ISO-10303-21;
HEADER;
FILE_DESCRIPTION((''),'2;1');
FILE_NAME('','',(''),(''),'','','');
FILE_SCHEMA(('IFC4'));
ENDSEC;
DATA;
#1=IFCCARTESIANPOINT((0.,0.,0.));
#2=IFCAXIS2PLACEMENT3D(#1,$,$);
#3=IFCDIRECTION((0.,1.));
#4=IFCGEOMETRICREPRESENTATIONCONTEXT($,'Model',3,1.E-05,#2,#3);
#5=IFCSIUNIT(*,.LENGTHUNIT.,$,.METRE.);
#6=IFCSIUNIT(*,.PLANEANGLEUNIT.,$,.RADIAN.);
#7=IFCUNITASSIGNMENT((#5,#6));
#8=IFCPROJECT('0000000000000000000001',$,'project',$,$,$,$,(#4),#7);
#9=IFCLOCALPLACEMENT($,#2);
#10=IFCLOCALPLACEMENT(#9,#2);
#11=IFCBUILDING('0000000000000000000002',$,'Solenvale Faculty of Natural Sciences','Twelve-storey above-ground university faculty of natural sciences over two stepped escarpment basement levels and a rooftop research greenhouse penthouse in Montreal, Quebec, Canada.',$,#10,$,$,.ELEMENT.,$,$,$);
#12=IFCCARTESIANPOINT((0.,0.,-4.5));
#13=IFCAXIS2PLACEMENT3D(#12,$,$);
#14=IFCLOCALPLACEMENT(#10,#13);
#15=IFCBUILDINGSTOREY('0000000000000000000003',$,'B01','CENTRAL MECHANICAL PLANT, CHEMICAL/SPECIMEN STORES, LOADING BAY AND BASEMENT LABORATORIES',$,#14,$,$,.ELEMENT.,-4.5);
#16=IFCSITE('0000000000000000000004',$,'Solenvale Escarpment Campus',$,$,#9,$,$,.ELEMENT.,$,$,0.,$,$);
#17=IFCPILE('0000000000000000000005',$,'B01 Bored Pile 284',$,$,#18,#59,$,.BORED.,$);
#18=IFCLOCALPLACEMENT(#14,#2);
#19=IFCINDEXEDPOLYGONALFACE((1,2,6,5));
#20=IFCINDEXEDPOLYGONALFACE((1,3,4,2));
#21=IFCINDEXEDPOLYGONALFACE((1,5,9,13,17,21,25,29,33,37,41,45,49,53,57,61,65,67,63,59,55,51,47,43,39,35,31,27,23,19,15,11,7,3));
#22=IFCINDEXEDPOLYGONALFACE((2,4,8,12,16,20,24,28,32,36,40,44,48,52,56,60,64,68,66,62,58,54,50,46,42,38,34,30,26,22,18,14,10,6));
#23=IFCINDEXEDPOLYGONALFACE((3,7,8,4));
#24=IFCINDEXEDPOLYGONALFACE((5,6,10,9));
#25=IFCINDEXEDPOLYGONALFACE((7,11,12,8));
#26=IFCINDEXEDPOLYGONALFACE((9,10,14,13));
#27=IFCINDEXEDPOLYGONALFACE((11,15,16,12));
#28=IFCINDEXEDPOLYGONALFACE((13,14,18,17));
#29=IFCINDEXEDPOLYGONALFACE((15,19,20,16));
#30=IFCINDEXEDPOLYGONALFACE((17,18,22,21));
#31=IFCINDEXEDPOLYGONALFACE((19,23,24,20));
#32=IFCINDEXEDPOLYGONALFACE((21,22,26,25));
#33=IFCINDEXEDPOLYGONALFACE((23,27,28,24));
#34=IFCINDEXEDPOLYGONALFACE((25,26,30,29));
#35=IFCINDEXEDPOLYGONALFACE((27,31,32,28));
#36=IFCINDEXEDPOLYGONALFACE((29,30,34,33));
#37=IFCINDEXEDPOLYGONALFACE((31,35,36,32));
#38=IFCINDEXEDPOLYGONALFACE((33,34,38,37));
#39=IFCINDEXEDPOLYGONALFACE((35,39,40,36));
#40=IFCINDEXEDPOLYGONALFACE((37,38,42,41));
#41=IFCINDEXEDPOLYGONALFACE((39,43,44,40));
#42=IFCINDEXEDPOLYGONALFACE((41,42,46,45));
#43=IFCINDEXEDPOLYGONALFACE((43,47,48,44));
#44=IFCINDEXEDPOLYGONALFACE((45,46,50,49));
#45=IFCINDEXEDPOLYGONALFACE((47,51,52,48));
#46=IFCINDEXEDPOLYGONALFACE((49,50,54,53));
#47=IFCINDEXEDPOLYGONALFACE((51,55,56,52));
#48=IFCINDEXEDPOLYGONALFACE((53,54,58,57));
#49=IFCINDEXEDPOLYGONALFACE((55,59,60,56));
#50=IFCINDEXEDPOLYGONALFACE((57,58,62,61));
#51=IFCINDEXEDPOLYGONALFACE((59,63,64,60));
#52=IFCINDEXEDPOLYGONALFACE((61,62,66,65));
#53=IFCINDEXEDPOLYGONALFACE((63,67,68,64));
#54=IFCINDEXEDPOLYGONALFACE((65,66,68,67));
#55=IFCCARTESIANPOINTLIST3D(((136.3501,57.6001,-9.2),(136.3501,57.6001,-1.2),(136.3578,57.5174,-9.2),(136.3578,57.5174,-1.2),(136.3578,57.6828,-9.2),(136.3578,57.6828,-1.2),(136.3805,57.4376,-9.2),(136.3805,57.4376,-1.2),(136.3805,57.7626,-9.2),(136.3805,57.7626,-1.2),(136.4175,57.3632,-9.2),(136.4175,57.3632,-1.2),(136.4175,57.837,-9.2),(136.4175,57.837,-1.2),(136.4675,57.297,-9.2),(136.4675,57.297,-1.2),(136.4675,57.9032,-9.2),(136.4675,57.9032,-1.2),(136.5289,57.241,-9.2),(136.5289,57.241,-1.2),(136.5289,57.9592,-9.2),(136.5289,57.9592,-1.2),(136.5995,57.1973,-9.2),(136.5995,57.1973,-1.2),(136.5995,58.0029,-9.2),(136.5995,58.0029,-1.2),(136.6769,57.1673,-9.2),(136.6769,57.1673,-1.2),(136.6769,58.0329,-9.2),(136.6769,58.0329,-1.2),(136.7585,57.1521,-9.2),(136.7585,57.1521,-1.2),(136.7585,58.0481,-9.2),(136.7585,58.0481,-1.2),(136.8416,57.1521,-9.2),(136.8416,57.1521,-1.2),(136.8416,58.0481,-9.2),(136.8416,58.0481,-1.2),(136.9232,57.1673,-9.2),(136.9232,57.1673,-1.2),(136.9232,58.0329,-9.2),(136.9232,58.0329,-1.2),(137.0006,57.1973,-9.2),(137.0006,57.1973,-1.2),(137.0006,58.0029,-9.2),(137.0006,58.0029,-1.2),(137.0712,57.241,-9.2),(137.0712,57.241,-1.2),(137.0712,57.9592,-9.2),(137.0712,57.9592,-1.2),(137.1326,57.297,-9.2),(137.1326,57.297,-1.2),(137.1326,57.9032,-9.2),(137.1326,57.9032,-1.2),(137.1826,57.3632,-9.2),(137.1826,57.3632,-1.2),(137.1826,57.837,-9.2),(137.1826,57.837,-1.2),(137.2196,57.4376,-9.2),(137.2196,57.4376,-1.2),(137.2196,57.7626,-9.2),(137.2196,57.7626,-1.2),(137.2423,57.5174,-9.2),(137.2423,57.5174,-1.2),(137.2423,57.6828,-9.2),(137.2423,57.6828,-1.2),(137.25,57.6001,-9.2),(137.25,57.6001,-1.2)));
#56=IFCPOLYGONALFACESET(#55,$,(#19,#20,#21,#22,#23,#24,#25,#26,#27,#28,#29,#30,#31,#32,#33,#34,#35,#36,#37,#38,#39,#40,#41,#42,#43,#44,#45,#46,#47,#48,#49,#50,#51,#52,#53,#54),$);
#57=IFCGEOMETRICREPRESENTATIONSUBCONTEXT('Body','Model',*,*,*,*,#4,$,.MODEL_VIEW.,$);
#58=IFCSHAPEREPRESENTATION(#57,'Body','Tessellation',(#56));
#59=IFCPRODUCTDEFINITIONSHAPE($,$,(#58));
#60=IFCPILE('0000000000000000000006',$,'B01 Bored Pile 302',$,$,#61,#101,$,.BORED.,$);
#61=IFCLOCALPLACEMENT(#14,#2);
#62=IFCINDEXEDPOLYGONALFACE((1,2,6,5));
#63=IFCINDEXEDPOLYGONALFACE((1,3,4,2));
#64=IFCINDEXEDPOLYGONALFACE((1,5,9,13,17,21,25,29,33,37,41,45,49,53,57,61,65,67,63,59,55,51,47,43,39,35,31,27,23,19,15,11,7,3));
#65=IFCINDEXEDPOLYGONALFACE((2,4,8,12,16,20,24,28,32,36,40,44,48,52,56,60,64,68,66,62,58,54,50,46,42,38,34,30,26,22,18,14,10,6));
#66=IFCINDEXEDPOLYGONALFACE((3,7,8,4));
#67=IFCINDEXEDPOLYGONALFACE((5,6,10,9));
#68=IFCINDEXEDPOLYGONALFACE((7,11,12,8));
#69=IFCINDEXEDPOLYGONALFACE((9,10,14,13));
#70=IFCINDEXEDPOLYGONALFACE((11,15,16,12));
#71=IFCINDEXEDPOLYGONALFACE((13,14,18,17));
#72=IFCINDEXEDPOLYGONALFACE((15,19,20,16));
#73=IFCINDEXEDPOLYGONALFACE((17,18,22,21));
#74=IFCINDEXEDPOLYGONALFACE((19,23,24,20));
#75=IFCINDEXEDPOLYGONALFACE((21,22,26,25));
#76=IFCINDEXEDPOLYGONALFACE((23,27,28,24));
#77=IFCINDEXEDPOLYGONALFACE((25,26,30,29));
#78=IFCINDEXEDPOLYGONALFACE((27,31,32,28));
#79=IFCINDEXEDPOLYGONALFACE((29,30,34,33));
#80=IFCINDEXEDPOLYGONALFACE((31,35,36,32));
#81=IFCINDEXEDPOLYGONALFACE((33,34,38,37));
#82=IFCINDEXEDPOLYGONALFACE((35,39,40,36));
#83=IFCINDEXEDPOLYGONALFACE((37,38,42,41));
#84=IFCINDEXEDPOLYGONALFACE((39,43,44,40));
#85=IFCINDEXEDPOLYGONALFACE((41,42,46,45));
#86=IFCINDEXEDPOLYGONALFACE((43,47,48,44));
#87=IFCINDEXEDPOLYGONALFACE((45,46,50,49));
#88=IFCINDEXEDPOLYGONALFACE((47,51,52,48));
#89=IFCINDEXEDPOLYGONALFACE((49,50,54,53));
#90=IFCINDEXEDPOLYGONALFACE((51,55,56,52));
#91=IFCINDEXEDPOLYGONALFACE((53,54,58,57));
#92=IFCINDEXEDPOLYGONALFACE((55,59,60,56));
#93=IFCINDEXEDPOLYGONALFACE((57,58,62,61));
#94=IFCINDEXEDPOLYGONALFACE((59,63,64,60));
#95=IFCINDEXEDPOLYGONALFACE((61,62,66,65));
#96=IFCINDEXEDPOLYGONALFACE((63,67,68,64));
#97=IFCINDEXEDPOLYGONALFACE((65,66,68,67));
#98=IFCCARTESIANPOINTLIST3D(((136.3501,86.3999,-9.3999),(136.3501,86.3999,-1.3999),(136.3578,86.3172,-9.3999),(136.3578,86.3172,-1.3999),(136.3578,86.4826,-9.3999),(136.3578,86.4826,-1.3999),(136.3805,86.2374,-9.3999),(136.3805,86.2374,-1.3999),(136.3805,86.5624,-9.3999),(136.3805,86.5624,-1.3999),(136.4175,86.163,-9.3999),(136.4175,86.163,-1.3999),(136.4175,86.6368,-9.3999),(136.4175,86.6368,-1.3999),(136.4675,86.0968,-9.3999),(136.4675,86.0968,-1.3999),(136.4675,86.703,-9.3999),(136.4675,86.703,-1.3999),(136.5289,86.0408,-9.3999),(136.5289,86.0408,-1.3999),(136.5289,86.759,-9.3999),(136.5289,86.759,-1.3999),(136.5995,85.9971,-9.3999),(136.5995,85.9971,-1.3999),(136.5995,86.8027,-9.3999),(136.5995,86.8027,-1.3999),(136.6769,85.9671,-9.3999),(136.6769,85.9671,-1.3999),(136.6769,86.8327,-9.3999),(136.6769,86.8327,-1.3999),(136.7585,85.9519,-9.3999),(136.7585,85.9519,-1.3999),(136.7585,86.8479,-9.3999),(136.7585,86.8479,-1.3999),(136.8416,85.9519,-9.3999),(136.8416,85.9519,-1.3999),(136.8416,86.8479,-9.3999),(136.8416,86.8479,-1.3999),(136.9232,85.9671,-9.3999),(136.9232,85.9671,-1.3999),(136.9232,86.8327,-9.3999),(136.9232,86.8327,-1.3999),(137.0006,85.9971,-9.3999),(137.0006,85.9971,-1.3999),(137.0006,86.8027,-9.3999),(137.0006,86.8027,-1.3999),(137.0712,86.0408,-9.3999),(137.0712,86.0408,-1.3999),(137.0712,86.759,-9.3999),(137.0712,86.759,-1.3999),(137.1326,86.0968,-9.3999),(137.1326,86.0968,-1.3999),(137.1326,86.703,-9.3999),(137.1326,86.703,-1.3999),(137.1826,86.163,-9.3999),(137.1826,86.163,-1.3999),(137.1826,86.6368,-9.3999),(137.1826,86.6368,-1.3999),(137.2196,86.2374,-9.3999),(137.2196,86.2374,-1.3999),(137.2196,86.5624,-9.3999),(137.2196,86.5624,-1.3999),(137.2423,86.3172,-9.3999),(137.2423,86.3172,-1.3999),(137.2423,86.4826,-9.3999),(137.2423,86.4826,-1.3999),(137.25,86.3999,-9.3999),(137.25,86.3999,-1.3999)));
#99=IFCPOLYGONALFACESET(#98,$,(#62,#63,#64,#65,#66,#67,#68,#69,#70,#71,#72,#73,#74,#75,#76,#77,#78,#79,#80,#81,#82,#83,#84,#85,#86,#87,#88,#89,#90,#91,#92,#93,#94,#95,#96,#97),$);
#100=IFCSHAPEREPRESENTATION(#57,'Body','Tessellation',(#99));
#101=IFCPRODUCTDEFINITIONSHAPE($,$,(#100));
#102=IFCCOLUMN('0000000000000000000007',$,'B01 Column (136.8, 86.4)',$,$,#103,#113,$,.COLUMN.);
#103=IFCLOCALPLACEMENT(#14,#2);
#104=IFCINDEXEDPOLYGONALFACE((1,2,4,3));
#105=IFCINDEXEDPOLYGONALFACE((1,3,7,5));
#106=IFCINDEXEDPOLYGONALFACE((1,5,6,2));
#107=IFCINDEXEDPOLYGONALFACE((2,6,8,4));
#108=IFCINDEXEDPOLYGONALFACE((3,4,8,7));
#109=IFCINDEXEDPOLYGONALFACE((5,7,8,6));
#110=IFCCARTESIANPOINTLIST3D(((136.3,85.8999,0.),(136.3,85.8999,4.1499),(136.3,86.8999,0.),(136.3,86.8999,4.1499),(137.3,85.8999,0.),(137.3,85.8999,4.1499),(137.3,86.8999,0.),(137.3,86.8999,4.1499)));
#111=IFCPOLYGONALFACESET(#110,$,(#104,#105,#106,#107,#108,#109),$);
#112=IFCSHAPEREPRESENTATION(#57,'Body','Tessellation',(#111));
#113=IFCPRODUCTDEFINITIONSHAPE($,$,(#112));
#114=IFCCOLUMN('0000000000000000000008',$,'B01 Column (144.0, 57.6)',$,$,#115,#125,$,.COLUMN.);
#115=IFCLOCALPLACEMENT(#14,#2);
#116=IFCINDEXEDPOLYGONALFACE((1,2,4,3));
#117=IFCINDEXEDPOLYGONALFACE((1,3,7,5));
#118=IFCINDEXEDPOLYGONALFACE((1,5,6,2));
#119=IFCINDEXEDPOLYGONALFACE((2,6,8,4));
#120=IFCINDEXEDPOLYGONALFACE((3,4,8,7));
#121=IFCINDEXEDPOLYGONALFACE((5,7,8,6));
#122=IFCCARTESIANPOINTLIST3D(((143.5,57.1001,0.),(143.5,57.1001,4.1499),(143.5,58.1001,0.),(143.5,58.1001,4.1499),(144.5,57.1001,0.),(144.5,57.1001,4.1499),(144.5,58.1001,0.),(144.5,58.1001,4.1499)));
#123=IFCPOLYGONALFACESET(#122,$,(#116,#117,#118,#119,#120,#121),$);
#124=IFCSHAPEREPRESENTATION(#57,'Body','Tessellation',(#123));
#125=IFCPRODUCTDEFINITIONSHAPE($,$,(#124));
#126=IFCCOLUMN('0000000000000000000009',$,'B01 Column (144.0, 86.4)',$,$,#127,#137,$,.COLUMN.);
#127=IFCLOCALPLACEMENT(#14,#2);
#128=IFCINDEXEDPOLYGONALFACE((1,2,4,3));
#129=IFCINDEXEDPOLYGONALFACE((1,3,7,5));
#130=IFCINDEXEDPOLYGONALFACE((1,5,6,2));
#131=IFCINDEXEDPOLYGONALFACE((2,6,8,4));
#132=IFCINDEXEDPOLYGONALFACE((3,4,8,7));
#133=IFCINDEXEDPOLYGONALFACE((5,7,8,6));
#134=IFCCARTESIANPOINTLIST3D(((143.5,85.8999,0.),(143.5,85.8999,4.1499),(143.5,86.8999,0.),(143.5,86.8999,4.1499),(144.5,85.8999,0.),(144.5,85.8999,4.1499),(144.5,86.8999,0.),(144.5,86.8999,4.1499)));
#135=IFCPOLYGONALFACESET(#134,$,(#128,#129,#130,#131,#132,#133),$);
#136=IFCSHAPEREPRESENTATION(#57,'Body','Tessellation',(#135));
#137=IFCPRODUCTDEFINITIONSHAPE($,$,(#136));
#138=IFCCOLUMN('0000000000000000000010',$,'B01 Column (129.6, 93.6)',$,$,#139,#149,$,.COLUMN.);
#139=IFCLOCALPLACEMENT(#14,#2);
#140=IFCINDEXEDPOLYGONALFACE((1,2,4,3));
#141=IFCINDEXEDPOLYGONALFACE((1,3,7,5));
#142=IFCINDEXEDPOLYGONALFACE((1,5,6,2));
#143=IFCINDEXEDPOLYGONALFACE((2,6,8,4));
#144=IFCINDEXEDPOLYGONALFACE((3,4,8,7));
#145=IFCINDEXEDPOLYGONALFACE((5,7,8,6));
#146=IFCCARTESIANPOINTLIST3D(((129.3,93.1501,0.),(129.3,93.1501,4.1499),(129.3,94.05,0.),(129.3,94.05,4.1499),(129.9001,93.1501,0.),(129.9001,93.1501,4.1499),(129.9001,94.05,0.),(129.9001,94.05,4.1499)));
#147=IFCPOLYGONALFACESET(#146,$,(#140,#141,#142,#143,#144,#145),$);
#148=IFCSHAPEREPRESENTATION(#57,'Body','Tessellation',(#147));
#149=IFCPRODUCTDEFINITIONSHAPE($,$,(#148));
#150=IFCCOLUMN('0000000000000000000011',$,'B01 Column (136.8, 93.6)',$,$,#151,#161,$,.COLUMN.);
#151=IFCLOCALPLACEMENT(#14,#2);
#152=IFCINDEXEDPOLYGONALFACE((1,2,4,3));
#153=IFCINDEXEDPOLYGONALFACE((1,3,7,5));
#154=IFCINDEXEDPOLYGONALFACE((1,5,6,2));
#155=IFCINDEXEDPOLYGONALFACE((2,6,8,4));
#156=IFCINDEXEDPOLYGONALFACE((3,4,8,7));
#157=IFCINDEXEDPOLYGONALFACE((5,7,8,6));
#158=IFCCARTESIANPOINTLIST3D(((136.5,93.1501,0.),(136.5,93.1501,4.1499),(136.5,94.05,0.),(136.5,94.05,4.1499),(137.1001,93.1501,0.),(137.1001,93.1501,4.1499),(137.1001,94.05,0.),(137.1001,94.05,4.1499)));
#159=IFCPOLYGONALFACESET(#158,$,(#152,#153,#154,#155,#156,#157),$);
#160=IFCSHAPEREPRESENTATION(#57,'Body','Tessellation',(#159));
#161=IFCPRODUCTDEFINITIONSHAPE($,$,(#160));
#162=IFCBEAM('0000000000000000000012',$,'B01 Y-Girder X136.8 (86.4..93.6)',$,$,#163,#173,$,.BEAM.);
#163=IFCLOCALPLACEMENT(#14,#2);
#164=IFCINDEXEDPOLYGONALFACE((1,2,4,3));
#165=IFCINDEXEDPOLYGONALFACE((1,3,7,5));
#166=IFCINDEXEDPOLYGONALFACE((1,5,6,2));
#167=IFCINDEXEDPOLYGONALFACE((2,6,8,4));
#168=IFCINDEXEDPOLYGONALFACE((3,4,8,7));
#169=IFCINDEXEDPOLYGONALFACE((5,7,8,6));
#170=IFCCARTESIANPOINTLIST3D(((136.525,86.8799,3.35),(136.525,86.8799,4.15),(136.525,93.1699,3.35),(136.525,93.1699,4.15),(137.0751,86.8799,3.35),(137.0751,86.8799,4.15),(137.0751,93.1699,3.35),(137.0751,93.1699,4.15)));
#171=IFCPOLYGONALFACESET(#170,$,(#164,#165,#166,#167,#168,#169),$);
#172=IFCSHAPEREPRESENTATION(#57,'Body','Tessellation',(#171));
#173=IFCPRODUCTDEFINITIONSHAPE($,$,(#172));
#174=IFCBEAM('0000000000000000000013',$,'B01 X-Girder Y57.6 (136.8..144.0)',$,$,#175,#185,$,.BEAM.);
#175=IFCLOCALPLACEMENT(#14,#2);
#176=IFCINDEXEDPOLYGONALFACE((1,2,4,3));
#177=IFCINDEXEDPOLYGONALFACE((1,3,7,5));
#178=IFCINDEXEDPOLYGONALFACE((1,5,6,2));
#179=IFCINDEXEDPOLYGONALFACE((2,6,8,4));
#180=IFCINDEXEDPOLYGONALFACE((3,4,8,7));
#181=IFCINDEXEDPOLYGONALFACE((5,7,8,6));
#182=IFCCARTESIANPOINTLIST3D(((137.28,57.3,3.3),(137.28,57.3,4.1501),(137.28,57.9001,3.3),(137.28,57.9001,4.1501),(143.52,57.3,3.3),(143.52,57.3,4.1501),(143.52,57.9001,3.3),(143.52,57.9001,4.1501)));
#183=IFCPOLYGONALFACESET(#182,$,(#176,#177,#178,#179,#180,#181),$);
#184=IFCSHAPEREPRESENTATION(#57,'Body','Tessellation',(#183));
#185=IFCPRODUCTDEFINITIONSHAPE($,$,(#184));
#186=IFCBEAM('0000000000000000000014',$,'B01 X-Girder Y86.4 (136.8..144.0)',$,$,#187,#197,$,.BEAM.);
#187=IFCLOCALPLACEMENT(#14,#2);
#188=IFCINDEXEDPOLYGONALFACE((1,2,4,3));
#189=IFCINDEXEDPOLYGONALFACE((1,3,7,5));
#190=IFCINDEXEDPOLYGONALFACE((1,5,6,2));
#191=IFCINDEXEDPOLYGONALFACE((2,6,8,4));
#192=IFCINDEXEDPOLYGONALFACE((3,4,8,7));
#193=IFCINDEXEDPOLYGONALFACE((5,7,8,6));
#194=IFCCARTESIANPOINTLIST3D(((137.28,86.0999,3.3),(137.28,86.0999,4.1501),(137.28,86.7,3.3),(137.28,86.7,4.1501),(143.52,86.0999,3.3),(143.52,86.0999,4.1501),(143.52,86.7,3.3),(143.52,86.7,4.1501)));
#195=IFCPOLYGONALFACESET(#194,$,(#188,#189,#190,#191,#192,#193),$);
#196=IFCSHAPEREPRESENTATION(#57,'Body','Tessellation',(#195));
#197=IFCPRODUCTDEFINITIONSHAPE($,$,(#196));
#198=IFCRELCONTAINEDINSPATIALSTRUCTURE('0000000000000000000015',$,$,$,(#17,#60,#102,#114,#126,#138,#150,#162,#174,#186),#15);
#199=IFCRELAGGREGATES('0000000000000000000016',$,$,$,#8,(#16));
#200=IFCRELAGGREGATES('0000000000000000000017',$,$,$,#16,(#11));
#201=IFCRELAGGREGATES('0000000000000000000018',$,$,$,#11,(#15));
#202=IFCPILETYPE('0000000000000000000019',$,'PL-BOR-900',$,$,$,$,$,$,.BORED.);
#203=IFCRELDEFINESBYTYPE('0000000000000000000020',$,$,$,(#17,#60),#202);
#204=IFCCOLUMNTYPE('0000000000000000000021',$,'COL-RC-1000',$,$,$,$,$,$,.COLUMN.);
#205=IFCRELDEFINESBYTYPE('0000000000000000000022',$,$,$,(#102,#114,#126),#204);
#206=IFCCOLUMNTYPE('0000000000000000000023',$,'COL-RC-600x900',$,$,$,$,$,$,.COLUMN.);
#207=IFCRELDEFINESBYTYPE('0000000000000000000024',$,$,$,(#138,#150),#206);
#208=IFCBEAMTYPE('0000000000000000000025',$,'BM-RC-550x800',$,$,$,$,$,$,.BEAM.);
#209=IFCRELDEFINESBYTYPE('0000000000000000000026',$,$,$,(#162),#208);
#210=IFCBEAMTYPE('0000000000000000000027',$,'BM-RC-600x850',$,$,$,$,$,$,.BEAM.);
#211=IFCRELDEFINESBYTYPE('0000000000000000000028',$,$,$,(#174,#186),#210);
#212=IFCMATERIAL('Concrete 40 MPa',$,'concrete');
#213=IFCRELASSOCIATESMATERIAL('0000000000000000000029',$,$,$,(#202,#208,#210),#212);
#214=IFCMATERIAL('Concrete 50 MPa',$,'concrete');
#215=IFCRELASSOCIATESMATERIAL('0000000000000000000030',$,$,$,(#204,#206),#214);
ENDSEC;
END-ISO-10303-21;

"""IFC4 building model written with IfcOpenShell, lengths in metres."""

from ifc_helpers import new_model, si_unit, direction, frame, origin, origin_2d, place, context, subcontext, project, spatial, rectangle, circle, extrude, material, material_profile, profile_set, type_object, element, save


model = new_model("IFC4")

# Units and contexts
model_context = context("Model", 3, precision=1e-05, world=origin(), true_north=direction((0.0, 1.0)))
body_context = subcontext(model_context, "Body", "Model", "MODEL_VIEW")
ifc_project = project(units=[si_unit("LENGTHUNIT", "METRE"), si_unit("PLANEANGLEUNIT", "RADIAN")], contexts=[model_context])

# Site, building, storey
site_placement = place(None, origin())
site = spatial("IfcSite", under=ifc_project, at=site_placement, Name="Solenvale Escarpment Campus", CompositionType="ELEMENT", RefElevation=0.0)
building_placement = place(site_placement, origin())
building = spatial("IfcBuilding", under=site, at=building_placement, Name="Solenvale Faculty of Natural Sciences", Description="Twelve-storey above-ground university faculty of natural sciences over two stepped escarpment basement levels and a rooftop research greenhouse penthouse in Montreal, Quebec, Canada.", CompositionType="ELEMENT")
storey_placement = place(building_placement, frame((0.0, 0.0, -4.5)))
storey = spatial("IfcBuildingStorey", under=building, at=storey_placement, Name="B01", Description="CENTRAL MECHANICAL PLANT, CHEMICAL/SPECIMEN STORES, LOADING BAY AND BASEMENT LABORATORIES", CompositionType="ELEMENT", Elevation=-4.5)

# Shared definitions
ifc_material_1 = material(Name="Concrete 40 MPa", Category="concrete")

# Piles
ifc_material_profile_1 = material_profile(ifc_material_1, circle(Radius=0.45, at=origin_2d()), Name="PILE-D900")
ifc_profile_set_1 = profile_set([ifc_material_profile_1], Name="Concrete 40 MPa")
pile_type_1 = type_object("IfcPileType", Name="PL-BOR-900", PredefinedType="BORED", material=ifc_profile_set_1)
for number, where, z_axis, x_axis, name in (
    (1, (136.8, 57.6001, -1.2), (0.0, 0.0, -1.0), (1.0, 0.0, 0.0), "B01 Bored Pile 284"),
    (2, (136.8, 86.3999, -1.3999), (0.0, 0.0, -1.0), (1.0, 0.0, 0.0), "B01 Bored Pile 302"),
):
    element("IfcPile", number, at=place(storey_placement, frame(where, z_axis=z_axis, x_axis=x_axis)), inside=storey, type_object=pile_type_1, Name=name, PredefinedType="BORED", context=body_context, shape_type="SweptSolid", body=[
        extrude(circle(Radius=0.45, at=origin_2d()), origin(), (0.0, 0.0, 1.0), 8.0),
    ])

# Columns
ifc_material_2 = material(Name="Concrete 50 MPa", Category="concrete")
ifc_material_profile_2 = material_profile(ifc_material_2, rectangle(XDim=1.0, YDim=1.0, at=origin_2d()), Name="RC-COL-1000x1000")
ifc_profile_set_2 = profile_set([ifc_material_profile_2], Name="Concrete 50 MPa")
column_type_1 = type_object("IfcColumnType", Name="COL-RC-1000", PredefinedType="COLUMN", material=ifc_profile_set_2)
for number, where, z_axis, x_axis, name in (
    (3, (136.8, 86.3999, 0.0), (0.0, 0.0, 1.0), (1.0, 0.0, 0.0), "B01 Column (136.8, 86.4)"),
    (4, (144.0, 57.6001, 0.0), (0.0, 0.0, 1.0), (1.0, 0.0, 0.0), "B01 Column (144.0, 57.6)"),
    (5, (144.0, 86.3999, 0.0), (0.0, 0.0, 1.0), (1.0, 0.0, 0.0), "B01 Column (144.0, 86.4)"),
):
    element("IfcColumn", number, at=place(storey_placement, frame(where, z_axis=z_axis, x_axis=x_axis)), inside=storey, type_object=column_type_1, Name=name, PredefinedType="COLUMN", context=body_context, shape_type="SweptSolid", body=[
        extrude(rectangle(XDim=1.0, YDim=1.0, at=origin_2d()), origin(), (0.0, 0.0, 1.0), 4.1499),
    ])
ifc_material_profile_3 = material_profile(ifc_material_2, rectangle(XDim=0.6001, YDim=0.8999, at=origin_2d()), Name="RC-COL-600x900")
ifc_profile_set_3 = profile_set([ifc_material_profile_3], Name="Concrete 50 MPa")
column_type_2 = type_object("IfcColumnType", Name="COL-RC-600x900", PredefinedType="COLUMN", material=ifc_profile_set_3)
for number, where, z_axis, x_axis, name in (
    (6, (129.6001, 93.6001, 0.0), (0.0, 0.0, 1.0), (1.0, 0.0, 0.0), "B01 Column (129.6, 93.6)"),
    (7, (136.8, 93.6001, 0.0), (0.0, 0.0, 1.0), (1.0, 0.0, 0.0), "B01 Column (136.8, 93.6)"),
):
    element("IfcColumn", number, at=place(storey_placement, frame(where, z_axis=z_axis, x_axis=x_axis)), inside=storey, type_object=column_type_2, Name=name, PredefinedType="COLUMN", context=body_context, shape_type="SweptSolid", body=[
        extrude(rectangle(XDim=0.6001, YDim=0.8999, at=origin_2d()), origin(), (0.0, 0.0, 1.0), 4.1499),
    ])

# Beams
ifc_material_profile_4 = material_profile(ifc_material_1, rectangle(XDim=0.55, YDim=0.8, at=origin_2d()), Name="RC-BM-550x800")
ifc_profile_set_4 = profile_set([ifc_material_profile_4], Name="Concrete 40 MPa")
beam_type_1 = type_object("IfcBeamType", Name="BM-RC-550x800", PredefinedType="BEAM", material=ifc_profile_set_4)
beam_1_placement = place(storey_placement, frame((136.8, 86.8799, 3.75), z_axis=(0.0, 1.0, 0.0), x_axis=(-1.0, 0.0, 0.0)))
element("IfcBeam", 8, at=beam_1_placement, inside=storey, type_object=beam_type_1, Name="B01 Y-Girder X136.8 (86.4..93.6)", PredefinedType="BEAM", context=body_context, shape_type="SweptSolid", body=[
    extrude(rectangle(XDim=0.55, YDim=0.8, at=origin_2d()), origin(), (0.0, 0.0, 1.0), 6.29),
])
ifc_material_profile_5 = material_profile(ifc_material_1, rectangle(XDim=0.6001, YDim=0.8501, at=origin_2d()), Name="RC-BM-600x850")
ifc_profile_set_5 = profile_set([ifc_material_profile_5], Name="Concrete 40 MPa")
beam_type_2 = type_object("IfcBeamType", Name="BM-RC-600x850", PredefinedType="BEAM", material=ifc_profile_set_5)
for number, where, z_axis, x_axis, name in (
    (9, (137.28, 57.6001, 3.7251), (1.0, 0.0, 0.0), (0.0, 1.0, 0.0), "B01 X-Girder Y57.6 (136.8..144.0)"),
    (10, (137.28, 86.3999, 3.7251), (1.0, 0.0, 0.0), (0.0, 1.0, 0.0), "B01 X-Girder Y86.4 (136.8..144.0)"),
):
    element("IfcBeam", number, at=place(storey_placement, frame(where, z_axis=z_axis, x_axis=x_axis)), inside=storey, type_object=beam_type_2, Name=name, PredefinedType="BEAM", context=body_context, shape_type="SweptSolid", body=[
        extrude(rectangle(XDim=0.6001, YDim=0.8501, at=origin_2d()), origin(), (0.0, 0.0, 1.0), 6.24),
    ])

save(model, "model.ifc")
